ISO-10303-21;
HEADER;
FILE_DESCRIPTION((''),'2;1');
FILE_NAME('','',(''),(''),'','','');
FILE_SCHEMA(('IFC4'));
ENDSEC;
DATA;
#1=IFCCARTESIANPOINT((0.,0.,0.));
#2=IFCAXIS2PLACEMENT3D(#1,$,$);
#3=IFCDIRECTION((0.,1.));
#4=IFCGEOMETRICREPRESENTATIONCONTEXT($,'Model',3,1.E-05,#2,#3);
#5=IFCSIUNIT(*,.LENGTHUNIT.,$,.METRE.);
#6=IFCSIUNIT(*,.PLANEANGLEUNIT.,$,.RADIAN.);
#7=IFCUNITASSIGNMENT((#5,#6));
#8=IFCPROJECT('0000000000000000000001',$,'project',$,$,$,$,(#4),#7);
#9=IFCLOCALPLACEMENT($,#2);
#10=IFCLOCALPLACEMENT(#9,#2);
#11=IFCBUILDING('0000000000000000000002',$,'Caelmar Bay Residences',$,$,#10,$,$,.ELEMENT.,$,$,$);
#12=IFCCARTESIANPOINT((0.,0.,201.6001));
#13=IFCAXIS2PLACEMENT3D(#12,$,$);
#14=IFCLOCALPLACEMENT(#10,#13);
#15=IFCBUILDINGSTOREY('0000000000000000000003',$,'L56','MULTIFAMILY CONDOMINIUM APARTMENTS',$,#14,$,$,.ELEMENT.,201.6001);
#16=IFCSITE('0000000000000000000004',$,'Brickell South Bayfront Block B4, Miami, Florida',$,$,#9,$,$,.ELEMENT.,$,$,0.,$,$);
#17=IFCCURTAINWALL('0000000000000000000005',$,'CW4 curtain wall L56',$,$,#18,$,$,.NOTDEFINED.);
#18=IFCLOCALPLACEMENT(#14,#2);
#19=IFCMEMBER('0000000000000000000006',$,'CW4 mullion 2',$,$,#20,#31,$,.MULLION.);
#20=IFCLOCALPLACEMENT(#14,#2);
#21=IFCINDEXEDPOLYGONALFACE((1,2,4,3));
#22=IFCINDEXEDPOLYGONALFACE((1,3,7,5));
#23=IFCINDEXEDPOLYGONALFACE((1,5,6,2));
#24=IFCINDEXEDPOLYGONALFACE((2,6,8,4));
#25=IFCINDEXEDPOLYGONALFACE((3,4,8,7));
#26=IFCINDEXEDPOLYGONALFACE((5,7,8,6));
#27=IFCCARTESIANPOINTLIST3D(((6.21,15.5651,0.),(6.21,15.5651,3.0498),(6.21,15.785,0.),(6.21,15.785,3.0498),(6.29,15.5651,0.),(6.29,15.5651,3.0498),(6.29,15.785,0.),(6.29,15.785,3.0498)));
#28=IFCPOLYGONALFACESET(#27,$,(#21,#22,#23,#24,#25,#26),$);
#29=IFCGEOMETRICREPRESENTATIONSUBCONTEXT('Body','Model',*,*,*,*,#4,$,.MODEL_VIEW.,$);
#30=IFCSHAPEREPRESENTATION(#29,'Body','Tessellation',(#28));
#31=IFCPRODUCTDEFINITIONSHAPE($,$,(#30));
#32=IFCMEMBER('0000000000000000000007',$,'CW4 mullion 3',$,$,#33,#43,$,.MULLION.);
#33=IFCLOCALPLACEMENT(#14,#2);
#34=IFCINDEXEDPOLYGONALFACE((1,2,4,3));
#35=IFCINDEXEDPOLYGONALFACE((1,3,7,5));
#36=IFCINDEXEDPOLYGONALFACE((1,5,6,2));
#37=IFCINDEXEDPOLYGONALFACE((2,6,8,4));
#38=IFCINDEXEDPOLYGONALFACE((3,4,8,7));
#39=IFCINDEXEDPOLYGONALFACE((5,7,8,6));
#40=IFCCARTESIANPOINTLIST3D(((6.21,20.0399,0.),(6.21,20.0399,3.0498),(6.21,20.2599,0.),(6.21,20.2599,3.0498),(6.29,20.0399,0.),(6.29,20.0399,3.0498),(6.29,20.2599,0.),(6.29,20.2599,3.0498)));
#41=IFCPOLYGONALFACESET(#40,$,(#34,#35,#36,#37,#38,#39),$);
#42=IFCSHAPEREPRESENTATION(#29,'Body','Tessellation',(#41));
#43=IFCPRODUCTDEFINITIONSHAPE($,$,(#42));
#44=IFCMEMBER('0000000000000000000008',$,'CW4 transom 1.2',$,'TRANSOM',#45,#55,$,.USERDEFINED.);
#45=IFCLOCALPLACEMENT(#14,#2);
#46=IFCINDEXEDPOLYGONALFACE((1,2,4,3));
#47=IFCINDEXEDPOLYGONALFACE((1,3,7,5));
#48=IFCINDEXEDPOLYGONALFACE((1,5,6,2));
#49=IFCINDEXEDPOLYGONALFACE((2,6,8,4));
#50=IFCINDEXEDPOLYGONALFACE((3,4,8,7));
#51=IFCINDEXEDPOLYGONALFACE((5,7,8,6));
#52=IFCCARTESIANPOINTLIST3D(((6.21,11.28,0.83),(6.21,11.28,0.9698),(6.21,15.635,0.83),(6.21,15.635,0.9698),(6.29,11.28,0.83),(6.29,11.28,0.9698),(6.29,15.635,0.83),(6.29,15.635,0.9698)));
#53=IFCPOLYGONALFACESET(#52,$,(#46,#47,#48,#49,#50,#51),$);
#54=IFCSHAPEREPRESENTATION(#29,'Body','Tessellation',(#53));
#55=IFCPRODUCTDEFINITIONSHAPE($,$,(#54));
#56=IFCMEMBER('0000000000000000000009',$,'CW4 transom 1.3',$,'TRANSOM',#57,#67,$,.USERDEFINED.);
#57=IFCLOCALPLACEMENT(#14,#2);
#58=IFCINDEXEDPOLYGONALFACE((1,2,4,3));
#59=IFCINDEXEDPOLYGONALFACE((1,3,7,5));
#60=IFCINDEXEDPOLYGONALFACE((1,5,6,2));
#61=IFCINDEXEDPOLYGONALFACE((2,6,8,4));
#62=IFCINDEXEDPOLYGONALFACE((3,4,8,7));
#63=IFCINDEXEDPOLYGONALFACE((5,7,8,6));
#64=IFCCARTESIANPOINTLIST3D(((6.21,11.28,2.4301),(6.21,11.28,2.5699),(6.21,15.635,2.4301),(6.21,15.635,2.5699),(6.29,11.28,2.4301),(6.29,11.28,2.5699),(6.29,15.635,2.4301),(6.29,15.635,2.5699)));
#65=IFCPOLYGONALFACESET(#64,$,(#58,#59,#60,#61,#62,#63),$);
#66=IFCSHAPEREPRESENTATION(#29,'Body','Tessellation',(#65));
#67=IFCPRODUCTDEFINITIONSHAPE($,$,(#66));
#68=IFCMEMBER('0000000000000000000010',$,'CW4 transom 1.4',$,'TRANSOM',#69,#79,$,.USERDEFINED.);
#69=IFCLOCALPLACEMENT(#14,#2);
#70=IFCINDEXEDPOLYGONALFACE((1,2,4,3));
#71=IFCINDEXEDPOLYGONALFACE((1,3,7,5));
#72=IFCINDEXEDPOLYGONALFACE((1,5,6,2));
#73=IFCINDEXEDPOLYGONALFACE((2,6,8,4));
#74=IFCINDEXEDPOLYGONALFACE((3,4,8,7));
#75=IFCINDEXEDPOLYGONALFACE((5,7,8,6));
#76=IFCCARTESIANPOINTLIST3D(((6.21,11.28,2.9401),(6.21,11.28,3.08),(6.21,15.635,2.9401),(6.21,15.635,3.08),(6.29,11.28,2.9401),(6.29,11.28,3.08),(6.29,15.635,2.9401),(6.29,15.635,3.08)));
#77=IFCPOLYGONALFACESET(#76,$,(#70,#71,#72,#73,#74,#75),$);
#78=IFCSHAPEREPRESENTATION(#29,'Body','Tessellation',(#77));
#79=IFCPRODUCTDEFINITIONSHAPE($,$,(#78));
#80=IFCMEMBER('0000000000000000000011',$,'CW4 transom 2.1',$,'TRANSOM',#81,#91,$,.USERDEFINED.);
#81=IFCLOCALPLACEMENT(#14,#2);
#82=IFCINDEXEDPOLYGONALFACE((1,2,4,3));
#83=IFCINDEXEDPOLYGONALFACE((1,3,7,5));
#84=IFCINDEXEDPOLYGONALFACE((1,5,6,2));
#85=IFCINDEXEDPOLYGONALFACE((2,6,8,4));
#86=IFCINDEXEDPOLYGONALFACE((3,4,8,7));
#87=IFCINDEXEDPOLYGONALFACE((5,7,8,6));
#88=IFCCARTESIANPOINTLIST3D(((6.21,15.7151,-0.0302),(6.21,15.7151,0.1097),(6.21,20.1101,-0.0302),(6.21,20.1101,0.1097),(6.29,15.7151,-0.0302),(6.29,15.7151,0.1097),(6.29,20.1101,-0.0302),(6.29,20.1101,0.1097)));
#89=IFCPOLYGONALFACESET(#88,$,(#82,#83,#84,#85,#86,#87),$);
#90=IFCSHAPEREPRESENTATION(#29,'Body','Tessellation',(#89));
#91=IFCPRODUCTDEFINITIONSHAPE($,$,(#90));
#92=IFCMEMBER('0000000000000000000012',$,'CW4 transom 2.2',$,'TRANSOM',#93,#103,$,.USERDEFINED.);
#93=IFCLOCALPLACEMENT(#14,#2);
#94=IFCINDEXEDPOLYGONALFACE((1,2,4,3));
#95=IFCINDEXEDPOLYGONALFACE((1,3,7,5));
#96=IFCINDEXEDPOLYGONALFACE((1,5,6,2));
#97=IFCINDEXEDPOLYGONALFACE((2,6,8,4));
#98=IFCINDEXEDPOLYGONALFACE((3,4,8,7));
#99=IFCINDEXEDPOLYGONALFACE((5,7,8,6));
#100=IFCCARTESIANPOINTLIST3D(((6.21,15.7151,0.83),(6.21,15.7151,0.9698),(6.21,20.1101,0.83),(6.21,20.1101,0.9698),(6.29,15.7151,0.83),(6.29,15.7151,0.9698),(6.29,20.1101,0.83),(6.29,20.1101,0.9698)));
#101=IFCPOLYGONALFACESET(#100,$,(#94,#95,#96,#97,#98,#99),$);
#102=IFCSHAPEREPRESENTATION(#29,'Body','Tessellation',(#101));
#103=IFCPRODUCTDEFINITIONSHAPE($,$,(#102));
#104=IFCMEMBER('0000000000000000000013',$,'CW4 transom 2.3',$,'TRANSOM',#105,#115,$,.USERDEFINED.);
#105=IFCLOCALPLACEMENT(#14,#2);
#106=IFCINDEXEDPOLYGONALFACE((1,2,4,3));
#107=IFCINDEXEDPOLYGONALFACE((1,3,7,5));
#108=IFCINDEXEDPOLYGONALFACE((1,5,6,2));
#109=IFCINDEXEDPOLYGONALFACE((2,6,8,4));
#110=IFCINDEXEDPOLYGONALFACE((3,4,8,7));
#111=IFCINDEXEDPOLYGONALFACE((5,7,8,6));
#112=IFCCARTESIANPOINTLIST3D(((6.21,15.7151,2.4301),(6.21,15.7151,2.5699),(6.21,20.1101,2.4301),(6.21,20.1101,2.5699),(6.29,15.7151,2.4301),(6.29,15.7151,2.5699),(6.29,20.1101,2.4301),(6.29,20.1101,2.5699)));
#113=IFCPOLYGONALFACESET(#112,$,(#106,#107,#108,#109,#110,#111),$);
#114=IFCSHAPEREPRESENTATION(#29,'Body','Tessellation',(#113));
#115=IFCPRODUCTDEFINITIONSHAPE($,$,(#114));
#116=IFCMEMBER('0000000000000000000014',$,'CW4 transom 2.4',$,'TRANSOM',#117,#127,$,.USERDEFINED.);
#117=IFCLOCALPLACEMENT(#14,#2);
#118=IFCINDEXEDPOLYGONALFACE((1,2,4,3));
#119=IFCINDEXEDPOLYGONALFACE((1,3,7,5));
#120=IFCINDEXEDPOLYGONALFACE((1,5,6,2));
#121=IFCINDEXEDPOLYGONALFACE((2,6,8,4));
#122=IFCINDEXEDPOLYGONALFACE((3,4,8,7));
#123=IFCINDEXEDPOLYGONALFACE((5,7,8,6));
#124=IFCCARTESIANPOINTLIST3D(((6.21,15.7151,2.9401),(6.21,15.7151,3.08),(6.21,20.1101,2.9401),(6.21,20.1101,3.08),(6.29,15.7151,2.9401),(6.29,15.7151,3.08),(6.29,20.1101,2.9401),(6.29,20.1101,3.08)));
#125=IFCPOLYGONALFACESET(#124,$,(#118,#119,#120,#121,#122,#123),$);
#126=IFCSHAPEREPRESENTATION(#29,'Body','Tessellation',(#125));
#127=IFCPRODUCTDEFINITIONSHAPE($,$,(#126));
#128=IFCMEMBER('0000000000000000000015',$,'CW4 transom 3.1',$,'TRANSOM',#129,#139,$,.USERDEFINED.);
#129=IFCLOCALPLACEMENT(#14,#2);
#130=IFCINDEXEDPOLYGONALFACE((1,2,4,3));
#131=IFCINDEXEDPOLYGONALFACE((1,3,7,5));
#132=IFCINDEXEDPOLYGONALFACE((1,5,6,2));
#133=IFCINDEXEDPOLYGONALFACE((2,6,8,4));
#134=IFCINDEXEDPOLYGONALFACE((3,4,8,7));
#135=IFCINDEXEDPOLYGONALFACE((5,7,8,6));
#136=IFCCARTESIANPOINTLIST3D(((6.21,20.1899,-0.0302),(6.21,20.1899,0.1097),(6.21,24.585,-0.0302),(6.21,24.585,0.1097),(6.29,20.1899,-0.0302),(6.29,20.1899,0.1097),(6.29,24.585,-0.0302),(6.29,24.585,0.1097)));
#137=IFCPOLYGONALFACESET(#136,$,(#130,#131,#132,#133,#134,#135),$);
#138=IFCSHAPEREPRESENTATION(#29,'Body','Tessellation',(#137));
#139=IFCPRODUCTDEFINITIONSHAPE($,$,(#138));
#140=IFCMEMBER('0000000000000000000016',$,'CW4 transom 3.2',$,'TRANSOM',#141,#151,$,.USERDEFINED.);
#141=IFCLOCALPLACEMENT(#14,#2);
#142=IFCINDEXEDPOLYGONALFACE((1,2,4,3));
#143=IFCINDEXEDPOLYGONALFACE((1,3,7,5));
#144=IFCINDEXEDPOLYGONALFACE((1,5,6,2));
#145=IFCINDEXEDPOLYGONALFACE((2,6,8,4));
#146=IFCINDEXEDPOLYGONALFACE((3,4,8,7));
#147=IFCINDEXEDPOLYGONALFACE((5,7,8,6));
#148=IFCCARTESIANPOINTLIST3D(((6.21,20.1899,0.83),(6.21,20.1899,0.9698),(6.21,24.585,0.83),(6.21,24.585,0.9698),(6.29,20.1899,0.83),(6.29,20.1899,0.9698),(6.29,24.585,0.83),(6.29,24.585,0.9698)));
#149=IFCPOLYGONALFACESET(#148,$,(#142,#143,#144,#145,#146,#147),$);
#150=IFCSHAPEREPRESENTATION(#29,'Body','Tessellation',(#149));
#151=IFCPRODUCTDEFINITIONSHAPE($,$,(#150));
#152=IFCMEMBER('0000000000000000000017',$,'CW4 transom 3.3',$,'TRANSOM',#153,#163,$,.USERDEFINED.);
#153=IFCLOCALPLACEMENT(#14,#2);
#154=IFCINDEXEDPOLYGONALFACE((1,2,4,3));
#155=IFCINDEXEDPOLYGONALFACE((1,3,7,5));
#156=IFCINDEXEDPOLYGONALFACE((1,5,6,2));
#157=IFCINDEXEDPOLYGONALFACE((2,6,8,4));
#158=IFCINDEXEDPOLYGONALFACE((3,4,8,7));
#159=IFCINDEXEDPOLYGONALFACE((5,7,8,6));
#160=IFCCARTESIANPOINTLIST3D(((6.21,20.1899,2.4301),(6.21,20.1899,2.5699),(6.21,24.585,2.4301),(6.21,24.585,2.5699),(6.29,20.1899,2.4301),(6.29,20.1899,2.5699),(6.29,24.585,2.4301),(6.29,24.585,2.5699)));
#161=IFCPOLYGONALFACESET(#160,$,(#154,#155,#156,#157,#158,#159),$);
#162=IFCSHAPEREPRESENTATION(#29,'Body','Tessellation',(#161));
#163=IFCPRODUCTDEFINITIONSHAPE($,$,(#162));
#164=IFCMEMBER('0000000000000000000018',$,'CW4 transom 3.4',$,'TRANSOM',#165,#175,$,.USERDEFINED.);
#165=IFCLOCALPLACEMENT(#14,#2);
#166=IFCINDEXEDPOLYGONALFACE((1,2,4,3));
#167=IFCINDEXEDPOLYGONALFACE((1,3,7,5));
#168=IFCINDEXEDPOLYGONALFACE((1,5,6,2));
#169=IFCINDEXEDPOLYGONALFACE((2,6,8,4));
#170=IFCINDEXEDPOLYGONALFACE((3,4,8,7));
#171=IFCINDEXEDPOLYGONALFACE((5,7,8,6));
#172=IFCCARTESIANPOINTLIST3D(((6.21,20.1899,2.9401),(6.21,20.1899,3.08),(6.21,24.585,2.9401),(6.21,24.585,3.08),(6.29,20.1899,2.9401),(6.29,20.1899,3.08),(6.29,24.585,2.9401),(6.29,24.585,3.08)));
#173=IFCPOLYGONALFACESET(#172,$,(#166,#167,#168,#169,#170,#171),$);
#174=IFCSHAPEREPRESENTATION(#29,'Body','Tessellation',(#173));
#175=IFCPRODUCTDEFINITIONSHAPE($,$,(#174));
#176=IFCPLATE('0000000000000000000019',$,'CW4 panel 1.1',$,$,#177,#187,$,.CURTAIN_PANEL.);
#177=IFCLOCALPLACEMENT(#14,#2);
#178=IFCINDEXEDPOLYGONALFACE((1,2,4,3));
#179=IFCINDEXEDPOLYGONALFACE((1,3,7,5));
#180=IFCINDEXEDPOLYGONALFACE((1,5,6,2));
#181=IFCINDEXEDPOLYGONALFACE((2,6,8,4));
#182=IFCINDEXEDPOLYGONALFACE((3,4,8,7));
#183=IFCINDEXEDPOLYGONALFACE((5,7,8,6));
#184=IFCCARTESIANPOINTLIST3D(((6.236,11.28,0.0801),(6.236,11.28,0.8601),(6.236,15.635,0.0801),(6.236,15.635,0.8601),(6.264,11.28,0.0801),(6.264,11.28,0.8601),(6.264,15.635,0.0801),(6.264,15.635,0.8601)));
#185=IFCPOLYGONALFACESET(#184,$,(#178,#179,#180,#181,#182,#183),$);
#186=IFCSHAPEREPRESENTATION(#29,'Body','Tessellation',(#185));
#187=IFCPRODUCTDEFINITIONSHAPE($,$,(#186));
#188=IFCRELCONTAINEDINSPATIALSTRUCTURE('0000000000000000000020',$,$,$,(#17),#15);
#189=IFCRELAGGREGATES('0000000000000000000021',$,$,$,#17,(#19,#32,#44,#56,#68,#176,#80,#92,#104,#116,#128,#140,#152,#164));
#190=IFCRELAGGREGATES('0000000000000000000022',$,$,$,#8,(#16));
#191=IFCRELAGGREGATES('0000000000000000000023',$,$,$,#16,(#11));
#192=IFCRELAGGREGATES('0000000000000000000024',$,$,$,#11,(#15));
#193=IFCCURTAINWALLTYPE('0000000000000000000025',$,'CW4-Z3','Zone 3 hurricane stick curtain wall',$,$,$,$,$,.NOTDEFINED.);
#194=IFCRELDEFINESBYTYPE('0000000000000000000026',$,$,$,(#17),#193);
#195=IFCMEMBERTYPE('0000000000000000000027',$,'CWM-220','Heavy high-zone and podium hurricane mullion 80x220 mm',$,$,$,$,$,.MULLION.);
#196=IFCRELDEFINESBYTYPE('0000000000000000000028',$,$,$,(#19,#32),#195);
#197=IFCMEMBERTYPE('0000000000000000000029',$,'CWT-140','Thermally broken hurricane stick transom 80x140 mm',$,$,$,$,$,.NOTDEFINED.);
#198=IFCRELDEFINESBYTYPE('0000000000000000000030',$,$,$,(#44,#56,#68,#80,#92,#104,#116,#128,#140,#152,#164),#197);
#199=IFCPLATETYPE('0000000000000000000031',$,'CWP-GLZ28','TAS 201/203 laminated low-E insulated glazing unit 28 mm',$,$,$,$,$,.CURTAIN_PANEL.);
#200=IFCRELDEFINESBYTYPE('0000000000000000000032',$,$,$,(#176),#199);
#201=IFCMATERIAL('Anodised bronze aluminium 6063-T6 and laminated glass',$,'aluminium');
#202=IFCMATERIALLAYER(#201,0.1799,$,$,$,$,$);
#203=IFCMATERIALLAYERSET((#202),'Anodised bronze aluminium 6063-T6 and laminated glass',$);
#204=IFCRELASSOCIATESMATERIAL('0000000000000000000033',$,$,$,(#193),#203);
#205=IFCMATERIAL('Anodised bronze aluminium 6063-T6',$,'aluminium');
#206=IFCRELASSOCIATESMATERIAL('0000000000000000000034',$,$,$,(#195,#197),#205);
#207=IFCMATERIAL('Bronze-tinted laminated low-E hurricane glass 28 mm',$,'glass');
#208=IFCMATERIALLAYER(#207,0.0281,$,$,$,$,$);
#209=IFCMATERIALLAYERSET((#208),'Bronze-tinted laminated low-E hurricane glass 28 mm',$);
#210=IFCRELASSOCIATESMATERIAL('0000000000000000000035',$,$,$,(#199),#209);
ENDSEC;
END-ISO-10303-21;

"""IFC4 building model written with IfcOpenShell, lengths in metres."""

from ifc_helpers import new_model, si_unit, direction, frame, origin, origin_2d, place, context, subcontext, project, spatial, rectangle, extrude, material, layer, layer_set, material_profile, profile_set, type_object, element, aggregate, save


model = new_model("IFC4")

# Units and contexts
model_context = context("Model", 3, precision=1e-05, world=origin(), true_north=direction((0.0, 1.0)))
body_context = subcontext(model_context, "Body", "Model", "MODEL_VIEW")
ifc_project = project(units=[si_unit("LENGTHUNIT", "METRE"), si_unit("PLANEANGLEUNIT", "RADIAN")], contexts=[model_context])

# Site, building, storey
site_placement = place(None, origin())
site = spatial("IfcSite", under=ifc_project, at=site_placement, Name="Brickell South Bayfront Block B4, Miami, Florida", CompositionType="ELEMENT", RefElevation=0.0)
building_placement = place(site_placement, origin())
building = spatial("IfcBuilding", under=site, at=building_placement, Name="Caelmar Bay Residences", CompositionType="ELEMENT")
storey_placement = place(building_placement, frame((0.0, 0.0, 201.6001)))
storey = spatial("IfcBuildingStorey", under=building, at=storey_placement, Name="L56", Description="MULTIFAMILY CONDOMINIUM APARTMENTS", CompositionType="ELEMENT", Elevation=201.6001)

# Curtain wall, members, plate
ifc_material_1 = material(Name="Anodised bronze aluminium 6063-T6 and laminated glass", Category="aluminium")
ifc_layer_1 = layer(ifc_material_1, 0.1799)
ifc_layer_set_1 = layer_set([ifc_layer_1], Name="Anodised bronze aluminium 6063-T6 and laminated glass")
curtain_wall_type = type_object("IfcCurtainWallType", Name="CW4-Z3", Description="Zone 3 hurricane stick curtain wall", PredefinedType="NOTDEFINED", material=ifc_layer_set_1)
curtain_wall_placement = place(storey_placement, origin())
curtain_wall = element("IfcCurtainWall", 1, at=curtain_wall_placement, inside=storey, type_object=curtain_wall_type, Name="CW4 curtain wall L56", PredefinedType="NOTDEFINED")
ifc_material_2 = material(Name="Anodised bronze aluminium 6063-T6", Category="aluminium")
ifc_material_profile_1 = material_profile(ifc_material_2, rectangle(XDim=0.0801, YDim=0.22, at=origin_2d()), Name="CWM-80X220")
ifc_profile_set_1 = profile_set([ifc_material_profile_1], Name="Anodised bronze aluminium 6063-T6")
member_type_1 = type_object("IfcMemberType", Name="CWM-220", Description="Heavy high-zone and podium hurricane mullion 80x220 mm", PredefinedType="MULLION", material=ifc_profile_set_1)
member_1_placement = place(storey_placement, frame((6.25, 15.675, 0.0), z_axis=(0.0, 0.0, 1.0), x_axis=(-1.0, 0.0, 0.0)))
member_1 = element("IfcMember", 2, at=member_1_placement, type_object=member_type_1, Name="CW4 mullion 2", PredefinedType="MULLION", context=body_context, shape_type="SweptSolid", body=[
    extrude(rectangle(XDim=0.0801, YDim=0.22, at=origin_2d()), origin(), (0.0, 0.0, 1.0), 3.0498),
])
member_2_placement = place(storey_placement, frame((6.25, 20.1499, 0.0), z_axis=(0.0, 0.0, 1.0), x_axis=(-1.0, 0.0, 0.0)))
member_2 = element("IfcMember", 3, at=member_2_placement, type_object=member_type_1, Name="CW4 mullion 3", PredefinedType="MULLION", context=body_context, shape_type="SweptSolid", body=[
    extrude(rectangle(XDim=0.0801, YDim=0.22, at=origin_2d()), origin(), (0.0, 0.0, 1.0), 3.0498),
])
ifc_material_profile_2 = material_profile(ifc_material_2, rectangle(XDim=0.0801, YDim=0.1399, at=origin_2d()), Name="CWT-80X140")
ifc_profile_set_2 = profile_set([ifc_material_profile_2], Name="Anodised bronze aluminium 6063-T6")
member_type_2 = type_object("IfcMemberType", Name="CWT-140", Description="Thermally broken hurricane stick transom 80x140 mm", PredefinedType="NOTDEFINED", material=ifc_profile_set_2)
member_3_placement = place(storey_placement, frame((6.25, 11.28, 0.8999), z_axis=(0.0, 1.0, 0.0), x_axis=(-1.0, 0.0, 0.0)))
member_3 = element("IfcMember", 4, at=member_3_placement, type_object=member_type_2, Name="CW4 transom 1.2", ObjectType="TRANSOM", PredefinedType="USERDEFINED", context=body_context, shape_type="SweptSolid", body=[
    extrude(rectangle(XDim=0.0801, YDim=0.1399, at=origin_2d()), origin(), (0.0, 0.0, 1.0), 4.355),
])
member_4_placement = place(storey_placement, frame((6.25, 11.28, 2.5), z_axis=(0.0, 1.0, 0.0), x_axis=(-1.0, 0.0, 0.0)))
member_4 = element("IfcMember", 5, at=member_4_placement, type_object=member_type_2, Name="CW4 transom 1.3", ObjectType="TRANSOM", PredefinedType="USERDEFINED", context=body_context, shape_type="SweptSolid", body=[
    extrude(rectangle(XDim=0.0801, YDim=0.1399, at=origin_2d()), origin(), (0.0, 0.0, 1.0), 4.355),
])
member_5_placement = place(storey_placement, frame((6.25, 11.28, 3.01), z_axis=(0.0, 1.0, 0.0), x_axis=(-1.0, 0.0, 0.0)))
member_5 = element("IfcMember", 6, at=member_5_placement, type_object=member_type_2, Name="CW4 transom 1.4", ObjectType="TRANSOM", PredefinedType="USERDEFINED", context=body_context, shape_type="SweptSolid", body=[
    extrude(rectangle(XDim=0.0801, YDim=0.1399, at=origin_2d()), origin(), (0.0, 0.0, 1.0), 4.355),
])
member_6_placement = place(storey_placement, frame((6.25, 15.7151, 0.0398), z_axis=(0.0, 1.0, 0.0), x_axis=(-1.0, 0.0, 0.0)))
member_6 = element("IfcMember", 7, at=member_6_placement, type_object=member_type_2, Name="CW4 transom 2.1", ObjectType="TRANSOM", PredefinedType="USERDEFINED", context=body_context, shape_type="SweptSolid", body=[
    extrude(rectangle(XDim=0.0801, YDim=0.1399, at=origin_2d()), origin(), (0.0, 0.0, 1.0), 4.395),
])
member_7_placement = place(storey_placement, frame((6.25, 15.7151, 0.8999), z_axis=(0.0, 1.0, 0.0), x_axis=(-1.0, 0.0, 0.0)))
member_7 = element("IfcMember", 8, at=member_7_placement, type_object=member_type_2, Name="CW4 transom 2.2", ObjectType="TRANSOM", PredefinedType="USERDEFINED", context=body_context, shape_type="SweptSolid", body=[
    extrude(rectangle(XDim=0.0801, YDim=0.1399, at=origin_2d()), origin(), (0.0, 0.0, 1.0), 4.395),
])
member_8_placement = place(storey_placement, frame((6.25, 15.7151, 2.5), z_axis=(0.0, 1.0, 0.0), x_axis=(-1.0, 0.0, 0.0)))
member_8 = element("IfcMember", 9, at=member_8_placement, type_object=member_type_2, Name="CW4 transom 2.3", ObjectType="TRANSOM", PredefinedType="USERDEFINED", context=body_context, shape_type="SweptSolid", body=[
    extrude(rectangle(XDim=0.0801, YDim=0.1399, at=origin_2d()), origin(), (0.0, 0.0, 1.0), 4.395),
])
member_9_placement = place(storey_placement, frame((6.25, 15.7151, 3.01), z_axis=(0.0, 1.0, 0.0), x_axis=(-1.0, 0.0, 0.0)))
member_9 = element("IfcMember", 10, at=member_9_placement, type_object=member_type_2, Name="CW4 transom 2.4", ObjectType="TRANSOM", PredefinedType="USERDEFINED", context=body_context, shape_type="SweptSolid", body=[
    extrude(rectangle(XDim=0.0801, YDim=0.1399, at=origin_2d()), origin(), (0.0, 0.0, 1.0), 4.395),
])
member_10_placement = place(storey_placement, frame((6.25, 20.1899, 0.0398), z_axis=(0.0, 1.0, 0.0), x_axis=(-1.0, 0.0, 0.0)))
member_10 = element("IfcMember", 11, at=member_10_placement, type_object=member_type_2, Name="CW4 transom 3.1", ObjectType="TRANSOM", PredefinedType="USERDEFINED", context=body_context, shape_type="SweptSolid", body=[
    extrude(rectangle(XDim=0.0801, YDim=0.1399, at=origin_2d()), origin(), (0.0, 0.0, 1.0), 4.395),
])
member_11_placement = place(storey_placement, frame((6.25, 20.1899, 0.8999), z_axis=(0.0, 1.0, 0.0), x_axis=(-1.0, 0.0, 0.0)))
member_11 = element("IfcMember", 12, at=member_11_placement, type_object=member_type_2, Name="CW4 transom 3.2", ObjectType="TRANSOM", PredefinedType="USERDEFINED", context=body_context, shape_type="SweptSolid", body=[
    extrude(rectangle(XDim=0.0801, YDim=0.1399, at=origin_2d()), origin(), (0.0, 0.0, 1.0), 4.395),
])
member_12_placement = place(storey_placement, frame((6.25, 20.1899, 2.5), z_axis=(0.0, 1.0, 0.0), x_axis=(-1.0, 0.0, 0.0)))
member_12 = element("IfcMember", 13, at=member_12_placement, type_object=member_type_2, Name="CW4 transom 3.3", ObjectType="TRANSOM", PredefinedType="USERDEFINED", context=body_context, shape_type="SweptSolid", body=[
    extrude(rectangle(XDim=0.0801, YDim=0.1399, at=origin_2d()), origin(), (0.0, 0.0, 1.0), 4.395),
])
member_13_placement = place(storey_placement, frame((6.25, 20.1899, 3.01), z_axis=(0.0, 1.0, 0.0), x_axis=(-1.0, 0.0, 0.0)))
member_13 = element("IfcMember", 14, at=member_13_placement, type_object=member_type_2, Name="CW4 transom 3.4", ObjectType="TRANSOM", PredefinedType="USERDEFINED", context=body_context, shape_type="SweptSolid", body=[
    extrude(rectangle(XDim=0.0801, YDim=0.1399, at=origin_2d()), origin(), (0.0, 0.0, 1.0), 4.395),
])
ifc_material_3 = material(Name="Bronze-tinted laminated low-E hurricane glass 28 mm", Category="glass")
ifc_layer_2 = layer(ifc_material_3, 0.0281)
ifc_layer_set_2 = layer_set([ifc_layer_2], Name="Bronze-tinted laminated low-E hurricane glass 28 mm")
plate_type = type_object("IfcPlateType", Name="CWP-GLZ28", Description="TAS 201/203 laminated low-E insulated glazing unit 28 mm", PredefinedType="CURTAIN_PANEL", material=ifc_layer_set_2)
plate_1_placement = place(storey_placement, frame((6.25, 13.4575, 0.0801), z_axis=(0.0, 0.0, 1.0), x_axis=(0.0, 1.0, 0.0)))
plate_1 = element("IfcPlate", 15, at=plate_1_placement, type_object=plate_type, Name="CW4 panel 1.1", PredefinedType="CURTAIN_PANEL", context=body_context, shape_type="SweptSolid", body=[
    extrude(rectangle(XDim=4.355, YDim=0.0281, at=origin_2d()), origin(), (0.0, 0.0, 1.0), 0.78),
])
aggregate(curtain_wall, [member_1, member_2, member_3, member_4, member_5, plate_1, member_6, member_7, member_8, member_9, member_10, member_11, member_12, member_13])

save(model, "model.ifc")
